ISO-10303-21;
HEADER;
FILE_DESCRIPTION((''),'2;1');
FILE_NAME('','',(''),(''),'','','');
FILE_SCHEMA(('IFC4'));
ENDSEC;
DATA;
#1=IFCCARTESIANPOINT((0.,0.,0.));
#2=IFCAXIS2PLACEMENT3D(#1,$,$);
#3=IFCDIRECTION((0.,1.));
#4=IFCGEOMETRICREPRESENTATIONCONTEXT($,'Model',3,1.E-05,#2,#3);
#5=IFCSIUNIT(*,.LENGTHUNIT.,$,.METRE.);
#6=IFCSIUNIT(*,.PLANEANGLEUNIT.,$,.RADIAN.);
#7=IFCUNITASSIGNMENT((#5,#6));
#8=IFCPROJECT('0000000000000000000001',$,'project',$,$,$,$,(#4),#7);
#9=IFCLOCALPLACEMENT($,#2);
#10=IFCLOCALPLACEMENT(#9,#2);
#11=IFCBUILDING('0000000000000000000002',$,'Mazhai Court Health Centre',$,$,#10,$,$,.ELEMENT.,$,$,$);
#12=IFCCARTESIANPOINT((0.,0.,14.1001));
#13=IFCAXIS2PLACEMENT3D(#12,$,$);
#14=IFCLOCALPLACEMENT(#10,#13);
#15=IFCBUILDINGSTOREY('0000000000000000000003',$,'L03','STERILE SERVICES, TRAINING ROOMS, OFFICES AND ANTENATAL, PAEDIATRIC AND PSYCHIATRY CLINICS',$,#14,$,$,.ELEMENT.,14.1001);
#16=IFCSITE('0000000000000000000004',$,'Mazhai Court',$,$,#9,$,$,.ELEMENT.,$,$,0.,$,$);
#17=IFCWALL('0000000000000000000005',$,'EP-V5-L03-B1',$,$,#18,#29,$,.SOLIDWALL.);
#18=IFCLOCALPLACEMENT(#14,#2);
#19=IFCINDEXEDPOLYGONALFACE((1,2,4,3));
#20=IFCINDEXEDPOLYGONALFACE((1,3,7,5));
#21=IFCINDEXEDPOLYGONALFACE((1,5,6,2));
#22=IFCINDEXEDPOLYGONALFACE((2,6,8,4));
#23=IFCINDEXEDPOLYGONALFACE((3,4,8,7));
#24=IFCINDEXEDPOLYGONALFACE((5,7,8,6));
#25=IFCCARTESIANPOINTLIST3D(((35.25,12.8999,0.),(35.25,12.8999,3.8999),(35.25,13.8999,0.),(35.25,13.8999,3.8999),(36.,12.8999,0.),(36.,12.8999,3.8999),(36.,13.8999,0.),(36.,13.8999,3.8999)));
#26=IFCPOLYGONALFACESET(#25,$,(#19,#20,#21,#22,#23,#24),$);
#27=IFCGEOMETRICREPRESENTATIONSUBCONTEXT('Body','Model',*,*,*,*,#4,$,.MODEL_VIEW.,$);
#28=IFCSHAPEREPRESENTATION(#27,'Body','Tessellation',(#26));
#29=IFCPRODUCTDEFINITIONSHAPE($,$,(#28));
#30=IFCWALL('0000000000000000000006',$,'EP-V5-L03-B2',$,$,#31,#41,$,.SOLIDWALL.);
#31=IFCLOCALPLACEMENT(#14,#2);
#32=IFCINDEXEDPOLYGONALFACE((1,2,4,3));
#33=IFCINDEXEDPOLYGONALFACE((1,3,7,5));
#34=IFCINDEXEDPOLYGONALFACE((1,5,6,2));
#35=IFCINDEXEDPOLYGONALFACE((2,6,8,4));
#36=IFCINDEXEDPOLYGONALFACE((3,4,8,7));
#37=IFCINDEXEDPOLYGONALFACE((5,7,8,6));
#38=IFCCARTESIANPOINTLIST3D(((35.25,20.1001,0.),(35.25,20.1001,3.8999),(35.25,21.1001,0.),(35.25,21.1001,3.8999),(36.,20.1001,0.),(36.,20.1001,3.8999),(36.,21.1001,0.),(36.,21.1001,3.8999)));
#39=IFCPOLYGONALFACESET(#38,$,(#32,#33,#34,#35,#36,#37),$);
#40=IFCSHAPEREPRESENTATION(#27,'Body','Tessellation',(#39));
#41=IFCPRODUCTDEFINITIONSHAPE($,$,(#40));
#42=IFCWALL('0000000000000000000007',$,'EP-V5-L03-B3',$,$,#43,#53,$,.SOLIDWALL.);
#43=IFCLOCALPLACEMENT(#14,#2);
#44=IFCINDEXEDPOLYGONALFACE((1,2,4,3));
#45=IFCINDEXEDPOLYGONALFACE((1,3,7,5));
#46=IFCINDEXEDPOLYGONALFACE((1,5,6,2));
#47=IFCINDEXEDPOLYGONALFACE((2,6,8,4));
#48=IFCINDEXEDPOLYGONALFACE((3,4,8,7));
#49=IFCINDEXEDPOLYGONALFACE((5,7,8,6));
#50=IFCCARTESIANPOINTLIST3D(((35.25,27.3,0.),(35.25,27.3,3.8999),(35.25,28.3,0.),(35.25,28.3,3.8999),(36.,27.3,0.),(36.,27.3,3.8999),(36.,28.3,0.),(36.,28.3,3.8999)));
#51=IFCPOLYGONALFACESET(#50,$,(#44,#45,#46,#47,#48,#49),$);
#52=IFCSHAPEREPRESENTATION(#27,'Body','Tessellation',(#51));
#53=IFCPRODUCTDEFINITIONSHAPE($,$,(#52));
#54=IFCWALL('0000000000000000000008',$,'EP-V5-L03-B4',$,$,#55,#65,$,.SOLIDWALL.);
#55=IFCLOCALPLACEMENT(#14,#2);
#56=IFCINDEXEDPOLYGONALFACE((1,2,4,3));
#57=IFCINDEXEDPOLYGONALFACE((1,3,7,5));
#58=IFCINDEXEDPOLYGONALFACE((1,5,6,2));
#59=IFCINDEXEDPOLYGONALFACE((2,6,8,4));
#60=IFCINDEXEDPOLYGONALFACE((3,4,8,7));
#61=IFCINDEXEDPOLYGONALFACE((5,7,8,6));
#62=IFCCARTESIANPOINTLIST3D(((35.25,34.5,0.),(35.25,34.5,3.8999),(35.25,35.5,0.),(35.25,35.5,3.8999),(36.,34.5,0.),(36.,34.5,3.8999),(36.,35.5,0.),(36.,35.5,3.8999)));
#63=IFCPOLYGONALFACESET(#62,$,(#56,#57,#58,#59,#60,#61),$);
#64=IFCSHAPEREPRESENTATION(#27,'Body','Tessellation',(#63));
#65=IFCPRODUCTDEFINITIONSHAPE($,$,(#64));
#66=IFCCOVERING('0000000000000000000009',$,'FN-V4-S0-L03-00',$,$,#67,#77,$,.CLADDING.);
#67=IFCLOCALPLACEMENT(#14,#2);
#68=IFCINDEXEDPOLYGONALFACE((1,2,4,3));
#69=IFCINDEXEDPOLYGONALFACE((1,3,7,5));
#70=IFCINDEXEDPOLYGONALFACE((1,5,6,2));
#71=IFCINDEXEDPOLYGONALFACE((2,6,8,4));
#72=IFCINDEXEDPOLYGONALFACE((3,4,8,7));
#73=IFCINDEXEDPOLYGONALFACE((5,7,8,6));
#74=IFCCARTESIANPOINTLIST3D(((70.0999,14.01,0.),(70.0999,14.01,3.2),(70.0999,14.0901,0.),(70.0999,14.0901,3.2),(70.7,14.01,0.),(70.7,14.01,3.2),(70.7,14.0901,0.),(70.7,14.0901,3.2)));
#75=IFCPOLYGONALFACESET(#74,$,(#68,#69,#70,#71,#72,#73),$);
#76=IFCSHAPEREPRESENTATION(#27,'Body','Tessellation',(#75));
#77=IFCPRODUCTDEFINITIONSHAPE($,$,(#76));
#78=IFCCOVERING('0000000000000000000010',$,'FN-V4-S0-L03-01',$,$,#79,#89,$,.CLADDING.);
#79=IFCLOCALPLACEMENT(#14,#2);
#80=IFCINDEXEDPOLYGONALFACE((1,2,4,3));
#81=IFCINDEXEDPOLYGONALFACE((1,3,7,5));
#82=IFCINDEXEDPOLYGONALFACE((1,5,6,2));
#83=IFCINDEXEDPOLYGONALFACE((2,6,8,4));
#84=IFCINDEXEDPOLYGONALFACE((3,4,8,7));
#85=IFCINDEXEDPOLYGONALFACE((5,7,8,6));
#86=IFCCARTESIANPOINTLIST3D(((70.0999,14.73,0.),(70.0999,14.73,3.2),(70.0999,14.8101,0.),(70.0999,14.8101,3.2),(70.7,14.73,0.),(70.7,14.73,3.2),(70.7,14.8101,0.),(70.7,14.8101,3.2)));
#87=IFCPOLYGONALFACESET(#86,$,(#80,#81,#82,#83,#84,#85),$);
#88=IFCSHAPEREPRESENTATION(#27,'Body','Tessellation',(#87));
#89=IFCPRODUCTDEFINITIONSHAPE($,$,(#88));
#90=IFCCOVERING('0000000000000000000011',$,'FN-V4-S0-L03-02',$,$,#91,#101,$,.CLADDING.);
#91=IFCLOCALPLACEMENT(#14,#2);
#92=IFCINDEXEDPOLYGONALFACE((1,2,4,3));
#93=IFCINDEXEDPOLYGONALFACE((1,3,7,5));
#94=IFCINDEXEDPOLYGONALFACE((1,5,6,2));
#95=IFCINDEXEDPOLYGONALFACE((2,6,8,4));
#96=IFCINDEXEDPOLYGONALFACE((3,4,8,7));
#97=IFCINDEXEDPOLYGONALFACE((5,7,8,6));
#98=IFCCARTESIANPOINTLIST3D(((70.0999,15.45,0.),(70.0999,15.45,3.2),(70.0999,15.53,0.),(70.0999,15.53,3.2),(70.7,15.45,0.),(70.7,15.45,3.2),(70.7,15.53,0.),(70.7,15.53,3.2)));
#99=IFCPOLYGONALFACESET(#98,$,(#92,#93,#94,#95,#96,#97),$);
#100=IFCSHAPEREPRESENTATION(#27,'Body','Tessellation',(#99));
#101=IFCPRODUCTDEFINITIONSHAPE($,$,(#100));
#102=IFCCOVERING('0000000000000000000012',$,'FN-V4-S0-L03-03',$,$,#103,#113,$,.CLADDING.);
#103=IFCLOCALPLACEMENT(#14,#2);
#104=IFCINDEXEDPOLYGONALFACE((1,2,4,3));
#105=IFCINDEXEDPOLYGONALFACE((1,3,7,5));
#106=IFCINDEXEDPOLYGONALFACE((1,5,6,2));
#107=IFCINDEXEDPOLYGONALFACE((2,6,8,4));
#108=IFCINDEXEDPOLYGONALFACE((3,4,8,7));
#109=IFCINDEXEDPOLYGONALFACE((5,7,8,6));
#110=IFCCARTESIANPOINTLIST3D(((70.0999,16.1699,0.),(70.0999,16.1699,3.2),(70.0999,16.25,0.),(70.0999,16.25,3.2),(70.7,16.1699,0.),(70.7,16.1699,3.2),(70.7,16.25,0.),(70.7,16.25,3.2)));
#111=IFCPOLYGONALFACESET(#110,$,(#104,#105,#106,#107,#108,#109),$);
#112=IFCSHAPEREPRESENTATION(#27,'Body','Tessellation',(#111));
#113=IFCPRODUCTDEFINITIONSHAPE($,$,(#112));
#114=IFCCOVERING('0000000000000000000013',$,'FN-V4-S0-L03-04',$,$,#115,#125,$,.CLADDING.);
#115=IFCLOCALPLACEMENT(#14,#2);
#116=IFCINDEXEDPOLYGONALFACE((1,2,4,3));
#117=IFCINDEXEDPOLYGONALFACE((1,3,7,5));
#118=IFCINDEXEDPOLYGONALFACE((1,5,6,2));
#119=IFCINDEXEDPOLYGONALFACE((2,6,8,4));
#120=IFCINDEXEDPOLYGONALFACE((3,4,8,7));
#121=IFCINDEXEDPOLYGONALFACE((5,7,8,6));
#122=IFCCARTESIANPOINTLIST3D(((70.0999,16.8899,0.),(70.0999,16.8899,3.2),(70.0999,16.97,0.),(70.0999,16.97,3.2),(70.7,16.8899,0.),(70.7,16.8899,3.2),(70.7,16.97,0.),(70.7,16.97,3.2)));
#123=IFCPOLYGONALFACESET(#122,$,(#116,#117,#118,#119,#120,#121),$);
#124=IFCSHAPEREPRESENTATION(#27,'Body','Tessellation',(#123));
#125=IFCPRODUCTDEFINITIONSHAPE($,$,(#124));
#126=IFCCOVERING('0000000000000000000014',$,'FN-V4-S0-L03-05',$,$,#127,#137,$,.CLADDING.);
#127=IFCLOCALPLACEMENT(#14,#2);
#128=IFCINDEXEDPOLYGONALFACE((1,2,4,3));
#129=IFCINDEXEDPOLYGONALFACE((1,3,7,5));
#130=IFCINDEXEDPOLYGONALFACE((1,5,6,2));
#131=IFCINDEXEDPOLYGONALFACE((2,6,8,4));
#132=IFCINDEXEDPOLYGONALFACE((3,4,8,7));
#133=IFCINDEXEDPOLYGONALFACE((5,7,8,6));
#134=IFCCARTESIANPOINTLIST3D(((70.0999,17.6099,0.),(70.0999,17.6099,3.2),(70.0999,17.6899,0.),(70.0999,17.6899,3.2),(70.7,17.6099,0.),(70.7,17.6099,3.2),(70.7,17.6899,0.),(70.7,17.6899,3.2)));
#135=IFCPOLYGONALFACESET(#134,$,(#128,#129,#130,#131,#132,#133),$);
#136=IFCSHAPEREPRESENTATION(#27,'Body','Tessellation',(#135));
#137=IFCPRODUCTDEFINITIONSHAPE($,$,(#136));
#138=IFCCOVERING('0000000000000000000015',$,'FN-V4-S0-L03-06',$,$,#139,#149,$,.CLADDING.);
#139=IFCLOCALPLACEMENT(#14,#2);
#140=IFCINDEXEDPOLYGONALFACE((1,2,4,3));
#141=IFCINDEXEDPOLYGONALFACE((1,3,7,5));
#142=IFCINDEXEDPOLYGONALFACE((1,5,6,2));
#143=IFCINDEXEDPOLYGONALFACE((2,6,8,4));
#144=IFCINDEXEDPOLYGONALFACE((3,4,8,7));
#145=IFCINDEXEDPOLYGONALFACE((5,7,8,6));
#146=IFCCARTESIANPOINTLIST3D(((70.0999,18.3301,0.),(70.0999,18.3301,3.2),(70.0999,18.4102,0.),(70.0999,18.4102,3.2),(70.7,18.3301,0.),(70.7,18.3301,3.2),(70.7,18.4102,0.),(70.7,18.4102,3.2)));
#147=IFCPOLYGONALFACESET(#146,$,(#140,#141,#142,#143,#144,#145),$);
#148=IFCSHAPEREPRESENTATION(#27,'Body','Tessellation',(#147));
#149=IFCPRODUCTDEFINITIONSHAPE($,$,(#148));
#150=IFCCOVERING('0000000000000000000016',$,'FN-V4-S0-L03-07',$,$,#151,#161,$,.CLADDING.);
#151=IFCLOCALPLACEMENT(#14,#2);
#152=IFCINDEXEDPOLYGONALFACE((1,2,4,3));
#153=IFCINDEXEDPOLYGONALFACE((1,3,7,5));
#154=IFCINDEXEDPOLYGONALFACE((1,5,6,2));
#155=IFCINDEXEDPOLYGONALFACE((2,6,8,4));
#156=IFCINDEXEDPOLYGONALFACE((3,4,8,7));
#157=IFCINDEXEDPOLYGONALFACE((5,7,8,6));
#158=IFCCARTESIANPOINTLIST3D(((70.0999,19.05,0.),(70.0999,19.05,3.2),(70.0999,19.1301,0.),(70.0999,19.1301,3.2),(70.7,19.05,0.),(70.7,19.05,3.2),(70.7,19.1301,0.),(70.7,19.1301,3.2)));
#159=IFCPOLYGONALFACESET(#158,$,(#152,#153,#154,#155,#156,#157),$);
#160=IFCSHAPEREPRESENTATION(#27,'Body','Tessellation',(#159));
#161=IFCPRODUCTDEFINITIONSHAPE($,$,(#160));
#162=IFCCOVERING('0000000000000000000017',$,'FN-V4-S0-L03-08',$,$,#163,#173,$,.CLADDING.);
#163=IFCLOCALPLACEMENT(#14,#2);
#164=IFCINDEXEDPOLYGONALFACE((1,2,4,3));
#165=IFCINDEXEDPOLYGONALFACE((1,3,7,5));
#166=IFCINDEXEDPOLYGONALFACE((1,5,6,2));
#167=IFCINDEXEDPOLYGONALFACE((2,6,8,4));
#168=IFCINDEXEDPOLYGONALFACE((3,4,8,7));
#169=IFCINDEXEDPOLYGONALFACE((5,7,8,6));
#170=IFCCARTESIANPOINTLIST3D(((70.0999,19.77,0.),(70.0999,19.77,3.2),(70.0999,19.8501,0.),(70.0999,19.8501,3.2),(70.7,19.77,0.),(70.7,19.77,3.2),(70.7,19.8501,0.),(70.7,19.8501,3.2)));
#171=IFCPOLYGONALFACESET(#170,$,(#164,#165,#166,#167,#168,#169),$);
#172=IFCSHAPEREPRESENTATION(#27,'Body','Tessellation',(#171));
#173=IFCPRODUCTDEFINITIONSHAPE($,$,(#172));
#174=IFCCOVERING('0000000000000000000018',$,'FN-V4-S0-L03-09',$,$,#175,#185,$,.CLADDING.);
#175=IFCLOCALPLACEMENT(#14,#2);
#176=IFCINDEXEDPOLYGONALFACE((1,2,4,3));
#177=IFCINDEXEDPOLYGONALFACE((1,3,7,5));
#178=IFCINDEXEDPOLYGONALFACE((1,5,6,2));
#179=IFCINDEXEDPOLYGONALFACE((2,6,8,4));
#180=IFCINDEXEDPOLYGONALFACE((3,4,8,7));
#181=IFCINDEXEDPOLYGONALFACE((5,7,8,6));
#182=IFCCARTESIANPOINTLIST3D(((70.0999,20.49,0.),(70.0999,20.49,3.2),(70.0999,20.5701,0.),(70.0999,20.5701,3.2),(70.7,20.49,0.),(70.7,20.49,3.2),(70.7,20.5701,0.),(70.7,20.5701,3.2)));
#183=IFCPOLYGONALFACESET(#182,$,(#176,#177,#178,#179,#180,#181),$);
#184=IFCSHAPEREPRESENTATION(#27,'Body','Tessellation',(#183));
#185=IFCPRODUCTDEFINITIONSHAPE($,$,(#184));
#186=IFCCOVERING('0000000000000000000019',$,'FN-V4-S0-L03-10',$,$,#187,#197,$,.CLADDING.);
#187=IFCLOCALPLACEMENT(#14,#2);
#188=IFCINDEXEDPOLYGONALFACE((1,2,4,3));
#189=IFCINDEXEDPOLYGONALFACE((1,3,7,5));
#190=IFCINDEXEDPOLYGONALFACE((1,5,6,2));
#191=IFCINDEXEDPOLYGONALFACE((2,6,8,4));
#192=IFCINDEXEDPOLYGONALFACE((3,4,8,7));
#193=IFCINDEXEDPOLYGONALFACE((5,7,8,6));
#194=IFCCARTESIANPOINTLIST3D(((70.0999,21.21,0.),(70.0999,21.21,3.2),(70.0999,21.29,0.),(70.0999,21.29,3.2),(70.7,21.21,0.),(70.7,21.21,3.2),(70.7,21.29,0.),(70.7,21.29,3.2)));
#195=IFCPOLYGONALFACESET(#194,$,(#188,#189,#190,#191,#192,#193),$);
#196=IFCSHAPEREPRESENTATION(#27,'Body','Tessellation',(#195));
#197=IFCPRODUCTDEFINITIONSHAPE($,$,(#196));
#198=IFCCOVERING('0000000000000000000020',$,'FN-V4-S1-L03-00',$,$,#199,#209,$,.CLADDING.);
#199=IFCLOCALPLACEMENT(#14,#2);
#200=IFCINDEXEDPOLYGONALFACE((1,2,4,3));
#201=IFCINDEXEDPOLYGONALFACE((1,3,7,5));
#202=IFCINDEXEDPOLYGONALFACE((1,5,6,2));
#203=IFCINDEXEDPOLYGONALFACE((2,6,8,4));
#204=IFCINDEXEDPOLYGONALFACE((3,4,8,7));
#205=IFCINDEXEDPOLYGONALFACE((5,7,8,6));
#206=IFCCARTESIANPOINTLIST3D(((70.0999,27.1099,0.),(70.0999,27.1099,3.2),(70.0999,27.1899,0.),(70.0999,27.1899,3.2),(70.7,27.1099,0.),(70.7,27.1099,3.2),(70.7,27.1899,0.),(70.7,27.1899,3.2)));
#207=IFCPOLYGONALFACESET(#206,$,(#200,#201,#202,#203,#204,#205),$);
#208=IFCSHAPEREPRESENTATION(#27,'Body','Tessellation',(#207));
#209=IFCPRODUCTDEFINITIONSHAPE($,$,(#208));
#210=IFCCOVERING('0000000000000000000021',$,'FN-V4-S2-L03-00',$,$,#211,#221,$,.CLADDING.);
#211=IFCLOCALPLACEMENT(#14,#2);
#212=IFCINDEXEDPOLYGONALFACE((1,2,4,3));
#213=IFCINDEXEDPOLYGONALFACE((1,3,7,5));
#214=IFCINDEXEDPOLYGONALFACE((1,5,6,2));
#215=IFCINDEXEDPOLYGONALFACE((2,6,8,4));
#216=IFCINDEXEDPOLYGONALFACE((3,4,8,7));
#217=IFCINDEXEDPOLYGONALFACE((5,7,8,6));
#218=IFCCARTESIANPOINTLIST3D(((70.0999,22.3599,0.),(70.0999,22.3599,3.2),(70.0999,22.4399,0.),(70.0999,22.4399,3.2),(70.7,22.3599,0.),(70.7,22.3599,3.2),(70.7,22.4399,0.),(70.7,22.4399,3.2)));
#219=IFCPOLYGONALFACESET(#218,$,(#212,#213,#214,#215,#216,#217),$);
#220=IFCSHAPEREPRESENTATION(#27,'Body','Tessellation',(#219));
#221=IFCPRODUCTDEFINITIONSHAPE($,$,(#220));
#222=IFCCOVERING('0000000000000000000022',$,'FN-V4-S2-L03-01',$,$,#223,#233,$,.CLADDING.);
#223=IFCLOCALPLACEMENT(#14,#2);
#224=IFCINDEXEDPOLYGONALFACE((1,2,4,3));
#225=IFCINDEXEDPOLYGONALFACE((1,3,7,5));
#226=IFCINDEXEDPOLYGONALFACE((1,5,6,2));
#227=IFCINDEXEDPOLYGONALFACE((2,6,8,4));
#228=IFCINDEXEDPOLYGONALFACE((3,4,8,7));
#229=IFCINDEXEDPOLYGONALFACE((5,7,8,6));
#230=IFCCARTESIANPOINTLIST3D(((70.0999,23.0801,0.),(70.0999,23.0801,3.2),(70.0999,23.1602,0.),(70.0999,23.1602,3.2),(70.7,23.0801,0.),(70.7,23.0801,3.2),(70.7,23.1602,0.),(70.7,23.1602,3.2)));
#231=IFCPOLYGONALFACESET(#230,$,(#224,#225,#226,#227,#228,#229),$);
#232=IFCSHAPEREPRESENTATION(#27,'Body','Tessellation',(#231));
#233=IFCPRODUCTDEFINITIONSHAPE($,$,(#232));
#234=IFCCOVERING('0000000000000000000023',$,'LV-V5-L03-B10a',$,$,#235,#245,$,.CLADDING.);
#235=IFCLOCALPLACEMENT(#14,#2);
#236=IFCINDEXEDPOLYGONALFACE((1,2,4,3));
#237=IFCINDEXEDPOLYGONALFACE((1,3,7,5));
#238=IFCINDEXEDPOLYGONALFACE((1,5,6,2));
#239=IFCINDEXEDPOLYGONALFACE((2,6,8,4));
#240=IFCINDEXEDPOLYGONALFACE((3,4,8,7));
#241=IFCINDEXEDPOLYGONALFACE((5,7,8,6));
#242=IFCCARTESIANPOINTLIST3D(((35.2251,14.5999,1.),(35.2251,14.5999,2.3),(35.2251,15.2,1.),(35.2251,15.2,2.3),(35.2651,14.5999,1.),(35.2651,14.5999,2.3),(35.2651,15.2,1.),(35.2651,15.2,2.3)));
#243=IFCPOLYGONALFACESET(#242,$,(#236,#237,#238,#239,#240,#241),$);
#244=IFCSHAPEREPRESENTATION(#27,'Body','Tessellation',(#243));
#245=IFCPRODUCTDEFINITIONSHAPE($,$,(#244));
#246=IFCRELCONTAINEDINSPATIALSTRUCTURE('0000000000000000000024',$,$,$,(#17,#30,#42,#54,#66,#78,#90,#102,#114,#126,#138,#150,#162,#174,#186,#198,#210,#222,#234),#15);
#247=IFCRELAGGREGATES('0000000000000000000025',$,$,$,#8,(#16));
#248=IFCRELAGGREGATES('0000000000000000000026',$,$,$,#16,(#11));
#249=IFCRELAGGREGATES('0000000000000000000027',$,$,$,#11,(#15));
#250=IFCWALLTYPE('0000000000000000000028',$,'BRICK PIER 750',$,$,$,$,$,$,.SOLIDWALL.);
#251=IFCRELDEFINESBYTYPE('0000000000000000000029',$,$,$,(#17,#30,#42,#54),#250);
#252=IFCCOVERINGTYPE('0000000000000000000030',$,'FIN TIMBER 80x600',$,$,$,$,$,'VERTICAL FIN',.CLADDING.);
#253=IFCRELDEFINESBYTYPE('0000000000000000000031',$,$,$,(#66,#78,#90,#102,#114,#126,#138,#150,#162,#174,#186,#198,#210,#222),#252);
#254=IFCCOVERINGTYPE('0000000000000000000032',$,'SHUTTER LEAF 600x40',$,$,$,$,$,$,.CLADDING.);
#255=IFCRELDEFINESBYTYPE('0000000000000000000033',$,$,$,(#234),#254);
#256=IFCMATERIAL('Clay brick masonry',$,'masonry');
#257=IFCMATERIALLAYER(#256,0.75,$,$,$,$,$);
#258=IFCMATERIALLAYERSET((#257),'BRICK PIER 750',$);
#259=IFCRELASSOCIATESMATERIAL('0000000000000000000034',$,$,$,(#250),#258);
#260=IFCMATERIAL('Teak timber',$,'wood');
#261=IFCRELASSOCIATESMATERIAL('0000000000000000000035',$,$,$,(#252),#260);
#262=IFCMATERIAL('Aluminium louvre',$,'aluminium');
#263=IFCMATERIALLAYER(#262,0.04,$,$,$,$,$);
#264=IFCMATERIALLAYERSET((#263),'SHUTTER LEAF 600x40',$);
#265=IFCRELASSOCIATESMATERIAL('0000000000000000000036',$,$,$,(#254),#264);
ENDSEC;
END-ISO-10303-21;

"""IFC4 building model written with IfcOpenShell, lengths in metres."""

from ifc_helpers import new_model, si_unit, direction, frame, frame_2d, origin, origin_2d, place, context, subcontext, project, spatial, rectangle, extrude, material, layer, layer_set, type_object, element, save


model = new_model("IFC4")

# Units and contexts
model_context = context("Model", 3, precision=1e-05, world=origin(), true_north=direction((0.0, 1.0)))
body_context = subcontext(model_context, "Body", "Model", "MODEL_VIEW")
ifc_project = project(units=[si_unit("LENGTHUNIT", "METRE"), si_unit("PLANEANGLEUNIT", "RADIAN")], contexts=[model_context])

# Site, building, storey
site_placement = place(None, origin())
site = spatial("IfcSite", under=ifc_project, at=site_placement, Name="Mazhai Court", CompositionType="ELEMENT", RefElevation=0.0)
building_placement = place(site_placement, origin())
building = spatial("IfcBuilding", under=site, at=building_placement, Name="Mazhai Court Health Centre", CompositionType="ELEMENT")
storey_placement = place(building_placement, frame((0.0, 0.0, 14.1001)))
storey = spatial("IfcBuildingStorey", under=building, at=storey_placement, Name="L03", Description="STERILE SERVICES, TRAINING ROOMS, OFFICES AND ANTENATAL, PAEDIATRIC AND PSYCHIATRY CLINICS", CompositionType="ELEMENT", Elevation=14.1001)

# Walls
ifc_material_1 = material(Name="Clay brick masonry", Category="masonry")
ifc_layer_1 = layer(ifc_material_1, 0.75)
ifc_layer_set_1 = layer_set([ifc_layer_1], Name="BRICK PIER 750")
wall_type = type_object("IfcWallType", Name="BRICK PIER 750", PredefinedType="SOLIDWALL", material=ifc_layer_set_1)
for number, where, z_axis, x_axis, name in (
    (1, (35.625, 13.8999, 0.0), (0.0, 0.0, 1.0), (0.0, -1.0, 0.0), "EP-V5-L03-B1"),
    (2, (35.625, 21.1001, 0.0), (0.0, 0.0, 1.0), (0.0, -1.0, 0.0), "EP-V5-L03-B2"),
    (3, (35.625, 28.3, 0.0), (0.0, 0.0, 1.0), (0.0, -1.0, 0.0), "EP-V5-L03-B3"),
    (4, (35.625, 35.5, 0.0), (0.0, 0.0, 1.0), (0.0, -1.0, 0.0), "EP-V5-L03-B4"),
):
    element("IfcWall", number, at=place(storey_placement, frame(where, z_axis=z_axis, x_axis=x_axis)), inside=storey, type_object=wall_type, Name=name, PredefinedType="SOLIDWALL", context=body_context, shape_type="SweptSolid", body=[
        extrude(rectangle(XDim=1.0, YDim=0.75, at=frame_2d((0.5, 0.0))), origin(), (0.0, 0.0, 1.0), 3.8999),
    ])

# Coverings
ifc_material_2 = material(Name="Teak timber", Category="wood")
covering_type_1 = type_object("IfcCoveringType", Name="FIN TIMBER 80x600", ElementType="VERTICAL FIN", PredefinedType="CLADDING", material=ifc_material_2)
for number, where, z_axis, x_axis, name in (
    (5, (70.3999, 14.05, 0.0), (0.0, 0.0, 1.0), (0.0, 1.0, 0.0), "FN-V4-S0-L03-00"),
    (6, (70.3999, 14.77, 0.0), (0.0, 0.0, 1.0), (0.0, 1.0, 0.0), "FN-V4-S0-L03-01"),
    (7, (70.3999, 15.49, 0.0), (0.0, 0.0, 1.0), (0.0, 1.0, 0.0), "FN-V4-S0-L03-02"),
    (8, (70.3999, 16.21, 0.0), (0.0, 0.0, 1.0), (0.0, 1.0, 0.0), "FN-V4-S0-L03-03"),
    (9, (70.3999, 16.9299, 0.0), (0.0, 0.0, 1.0), (0.0, 1.0, 0.0), "FN-V4-S0-L03-04"),
    (10, (70.3999, 17.6499, 0.0), (0.0, 0.0, 1.0), (0.0, 1.0, 0.0), "FN-V4-S0-L03-05"),
    (11, (70.3999, 18.3701, 0.0), (0.0, 0.0, 1.0), (0.0, 1.0, 0.0), "FN-V4-S0-L03-06"),
    (12, (70.3999, 19.0901, 0.0), (0.0, 0.0, 1.0), (0.0, 1.0, 0.0), "FN-V4-S0-L03-07"),
    (13, (70.3999, 19.8101, 0.0), (0.0, 0.0, 1.0), (0.0, 1.0, 0.0), "FN-V4-S0-L03-08"),
    (14, (70.3999, 20.53, 0.0), (0.0, 0.0, 1.0), (0.0, 1.0, 0.0), "FN-V4-S0-L03-09"),
    (15, (70.3999, 21.25, 0.0), (0.0, 0.0, 1.0), (0.0, 1.0, 0.0), "FN-V4-S0-L03-10"),
    (16, (70.3999, 27.1499, 0.0), (0.0, 0.0, 1.0), (0.0, 1.0, 0.0), "FN-V4-S1-L03-00"),
    (17, (70.3999, 22.3999, 0.0), (0.0, 0.0, 1.0), (0.0, 1.0, 0.0), "FN-V4-S2-L03-00"),
    (18, (70.3999, 23.1201, 0.0), (0.0, 0.0, 1.0), (0.0, 1.0, 0.0), "FN-V4-S2-L03-01"),
):
    element("IfcCovering", number, at=place(storey_placement, frame(where, z_axis=z_axis, x_axis=x_axis)), inside=storey, type_object=covering_type_1, Name=name, PredefinedType="CLADDING", context=body_context, shape_type="SweptSolid", body=[
        extrude(rectangle(XDim=0.0801, YDim=0.6001, at=origin_2d()), origin(), (0.0, 0.0, 1.0), 3.2),
    ])
ifc_material_3 = material(Name="Aluminium louvre", Category="aluminium")
ifc_layer_2 = layer(ifc_material_3, 0.04)
ifc_layer_set_2 = layer_set([ifc_layer_2], Name="SHUTTER LEAF 600x40")
covering_type_2 = type_object("IfcCoveringType", Name="SHUTTER LEAF 600x40", PredefinedType="CLADDING", material=ifc_layer_set_2)
for number, where, z_axis, x_axis, name in (
    (19, (35.2451, 14.8999, 1.0), (0.0, 0.0, 1.0), (0.0, 1.0, 0.0), "LV-V5-L03-B10a"),
):
    element("IfcCovering", number, at=place(storey_placement, frame(where, z_axis=z_axis, x_axis=x_axis)), inside=storey, type_object=covering_type_2, Name=name, PredefinedType="CLADDING", context=body_context, shape_type="SweptSolid", body=[
        extrude(rectangle(XDim=0.6001, YDim=0.04, at=origin_2d()), origin(), (0.0, 0.0, 1.0), 1.3),
    ])

save(model, "model.ifc")
